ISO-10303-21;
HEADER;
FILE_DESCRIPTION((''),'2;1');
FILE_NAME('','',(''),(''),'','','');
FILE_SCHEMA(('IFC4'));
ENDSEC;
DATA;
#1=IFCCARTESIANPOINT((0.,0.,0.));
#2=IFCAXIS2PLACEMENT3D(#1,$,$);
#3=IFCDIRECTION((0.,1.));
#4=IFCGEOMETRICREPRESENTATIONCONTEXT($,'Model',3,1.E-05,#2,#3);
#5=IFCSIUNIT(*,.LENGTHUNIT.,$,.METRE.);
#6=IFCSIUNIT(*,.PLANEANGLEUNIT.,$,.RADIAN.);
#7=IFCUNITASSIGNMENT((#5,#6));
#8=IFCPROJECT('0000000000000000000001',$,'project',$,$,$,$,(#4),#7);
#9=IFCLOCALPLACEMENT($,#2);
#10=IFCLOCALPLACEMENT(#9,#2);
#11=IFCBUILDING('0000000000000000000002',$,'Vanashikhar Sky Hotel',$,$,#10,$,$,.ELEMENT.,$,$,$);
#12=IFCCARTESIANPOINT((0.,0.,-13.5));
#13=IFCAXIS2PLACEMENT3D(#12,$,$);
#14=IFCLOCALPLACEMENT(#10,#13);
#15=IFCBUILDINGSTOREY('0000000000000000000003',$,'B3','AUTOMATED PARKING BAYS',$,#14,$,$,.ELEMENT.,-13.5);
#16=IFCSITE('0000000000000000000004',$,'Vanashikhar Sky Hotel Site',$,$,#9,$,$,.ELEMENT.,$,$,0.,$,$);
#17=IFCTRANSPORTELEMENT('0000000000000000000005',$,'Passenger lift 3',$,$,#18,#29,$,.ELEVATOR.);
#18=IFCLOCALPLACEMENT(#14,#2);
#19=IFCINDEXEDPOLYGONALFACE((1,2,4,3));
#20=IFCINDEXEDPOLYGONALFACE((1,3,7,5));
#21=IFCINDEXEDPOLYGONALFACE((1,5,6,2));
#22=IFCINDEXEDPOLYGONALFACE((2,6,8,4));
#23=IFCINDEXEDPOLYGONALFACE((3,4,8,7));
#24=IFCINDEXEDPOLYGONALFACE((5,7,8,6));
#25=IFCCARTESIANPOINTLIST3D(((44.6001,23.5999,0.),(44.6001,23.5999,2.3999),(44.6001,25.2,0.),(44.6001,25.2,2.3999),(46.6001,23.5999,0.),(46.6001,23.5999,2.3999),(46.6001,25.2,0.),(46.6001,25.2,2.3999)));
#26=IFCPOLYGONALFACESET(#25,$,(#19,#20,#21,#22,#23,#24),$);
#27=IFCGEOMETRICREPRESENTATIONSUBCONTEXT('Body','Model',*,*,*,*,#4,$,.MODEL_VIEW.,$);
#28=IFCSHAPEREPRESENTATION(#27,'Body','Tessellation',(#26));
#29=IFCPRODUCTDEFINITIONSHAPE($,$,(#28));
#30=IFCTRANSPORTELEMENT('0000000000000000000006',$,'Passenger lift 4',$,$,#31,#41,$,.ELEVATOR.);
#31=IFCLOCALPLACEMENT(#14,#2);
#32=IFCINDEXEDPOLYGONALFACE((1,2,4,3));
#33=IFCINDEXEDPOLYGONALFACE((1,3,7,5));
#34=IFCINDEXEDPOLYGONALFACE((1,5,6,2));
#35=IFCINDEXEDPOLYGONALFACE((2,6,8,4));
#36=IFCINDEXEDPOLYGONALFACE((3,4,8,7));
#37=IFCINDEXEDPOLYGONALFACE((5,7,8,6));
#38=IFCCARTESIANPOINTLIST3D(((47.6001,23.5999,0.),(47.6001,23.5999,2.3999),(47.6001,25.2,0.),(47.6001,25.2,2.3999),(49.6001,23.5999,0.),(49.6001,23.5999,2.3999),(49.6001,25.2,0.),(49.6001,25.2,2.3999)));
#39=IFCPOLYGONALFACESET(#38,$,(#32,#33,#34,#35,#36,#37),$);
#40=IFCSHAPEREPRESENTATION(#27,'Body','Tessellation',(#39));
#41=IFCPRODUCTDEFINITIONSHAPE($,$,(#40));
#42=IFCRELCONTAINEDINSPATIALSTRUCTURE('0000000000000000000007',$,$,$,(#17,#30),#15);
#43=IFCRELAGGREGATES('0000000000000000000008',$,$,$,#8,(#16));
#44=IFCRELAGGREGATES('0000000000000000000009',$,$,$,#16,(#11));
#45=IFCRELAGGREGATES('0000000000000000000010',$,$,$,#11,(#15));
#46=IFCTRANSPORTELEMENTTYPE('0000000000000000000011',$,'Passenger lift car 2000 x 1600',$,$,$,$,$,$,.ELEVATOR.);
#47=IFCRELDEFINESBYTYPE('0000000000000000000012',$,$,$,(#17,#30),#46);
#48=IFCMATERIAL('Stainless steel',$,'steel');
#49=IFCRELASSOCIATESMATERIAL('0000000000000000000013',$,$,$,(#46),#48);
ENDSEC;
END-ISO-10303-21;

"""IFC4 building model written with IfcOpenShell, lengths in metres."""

from ifc_helpers import new_model, si_unit, direction, frame, origin, origin_2d, place, context, subcontext, project, spatial, rectangle, extrude, source, transform, mapped, material, type_object, element, save


model = new_model("IFC4")

# Units and contexts
model_context = context("Model", 3, precision=1e-05, world=origin(), true_north=direction((0.0, 1.0)))
body_context = subcontext(model_context, "Body", "Model", "MODEL_VIEW")
ifc_project = project(units=[si_unit("LENGTHUNIT", "METRE"), si_unit("PLANEANGLEUNIT", "RADIAN")], contexts=[model_context])

# Site, building, storey
site_placement = place(None, origin())
site = spatial("IfcSite", under=ifc_project, at=site_placement, Name="Vanashikhar Sky Hotel Site", CompositionType="ELEMENT", RefElevation=0.0)
building_placement = place(site_placement, origin())
building = spatial("IfcBuilding", under=site, at=building_placement, Name="Vanashikhar Sky Hotel", CompositionType="ELEMENT")
storey_placement = place(building_placement, frame((0.0, 0.0, -13.5)))
storey = spatial("IfcBuildingStorey", under=building, at=storey_placement, Name="B3", Description="AUTOMATED PARKING BAYS", CompositionType="ELEMENT", Elevation=-13.5)

# Transport elements
ifc_material_1 = material(Name="Stainless steel", Category="steel")
transport_element_type = type_object("IfcTransportElementType", Name="Passenger lift car 2000 x 1600", PredefinedType="ELEVATOR", material=ifc_material_1)
shared_shape_1 = source(origin(), body_context, "Body", "SweptSolid", [
    extrude(rectangle(XDim=2.0, YDim=1.6001, at=origin_2d()), origin(), (0.0, 0.0, 1.0), 2.3999),
])
for number, where, z_axis, x_axis, name in (
    (1, (45.6001, 24.3999, 0.0), (0.0, 0.0, 1.0), (1.0, 0.0, 0.0), "Passenger lift 3"),
    (2, (48.6001, 24.3999, 0.0), (0.0, 0.0, 1.0), (1.0, 0.0, 0.0), "Passenger lift 4"),
):
    element("IfcTransportElement", number, at=place(storey_placement, frame(where, z_axis=z_axis, x_axis=x_axis)), inside=storey, type_object=transport_element_type, Name=name, PredefinedType="ELEVATOR", context=body_context, shape_type="MappedRepresentation", body=[
        mapped(shared_shape_1, transform((0.0, 0.0, 0.0), scale=1.0)),
    ])

save(model, "model.ifc")
